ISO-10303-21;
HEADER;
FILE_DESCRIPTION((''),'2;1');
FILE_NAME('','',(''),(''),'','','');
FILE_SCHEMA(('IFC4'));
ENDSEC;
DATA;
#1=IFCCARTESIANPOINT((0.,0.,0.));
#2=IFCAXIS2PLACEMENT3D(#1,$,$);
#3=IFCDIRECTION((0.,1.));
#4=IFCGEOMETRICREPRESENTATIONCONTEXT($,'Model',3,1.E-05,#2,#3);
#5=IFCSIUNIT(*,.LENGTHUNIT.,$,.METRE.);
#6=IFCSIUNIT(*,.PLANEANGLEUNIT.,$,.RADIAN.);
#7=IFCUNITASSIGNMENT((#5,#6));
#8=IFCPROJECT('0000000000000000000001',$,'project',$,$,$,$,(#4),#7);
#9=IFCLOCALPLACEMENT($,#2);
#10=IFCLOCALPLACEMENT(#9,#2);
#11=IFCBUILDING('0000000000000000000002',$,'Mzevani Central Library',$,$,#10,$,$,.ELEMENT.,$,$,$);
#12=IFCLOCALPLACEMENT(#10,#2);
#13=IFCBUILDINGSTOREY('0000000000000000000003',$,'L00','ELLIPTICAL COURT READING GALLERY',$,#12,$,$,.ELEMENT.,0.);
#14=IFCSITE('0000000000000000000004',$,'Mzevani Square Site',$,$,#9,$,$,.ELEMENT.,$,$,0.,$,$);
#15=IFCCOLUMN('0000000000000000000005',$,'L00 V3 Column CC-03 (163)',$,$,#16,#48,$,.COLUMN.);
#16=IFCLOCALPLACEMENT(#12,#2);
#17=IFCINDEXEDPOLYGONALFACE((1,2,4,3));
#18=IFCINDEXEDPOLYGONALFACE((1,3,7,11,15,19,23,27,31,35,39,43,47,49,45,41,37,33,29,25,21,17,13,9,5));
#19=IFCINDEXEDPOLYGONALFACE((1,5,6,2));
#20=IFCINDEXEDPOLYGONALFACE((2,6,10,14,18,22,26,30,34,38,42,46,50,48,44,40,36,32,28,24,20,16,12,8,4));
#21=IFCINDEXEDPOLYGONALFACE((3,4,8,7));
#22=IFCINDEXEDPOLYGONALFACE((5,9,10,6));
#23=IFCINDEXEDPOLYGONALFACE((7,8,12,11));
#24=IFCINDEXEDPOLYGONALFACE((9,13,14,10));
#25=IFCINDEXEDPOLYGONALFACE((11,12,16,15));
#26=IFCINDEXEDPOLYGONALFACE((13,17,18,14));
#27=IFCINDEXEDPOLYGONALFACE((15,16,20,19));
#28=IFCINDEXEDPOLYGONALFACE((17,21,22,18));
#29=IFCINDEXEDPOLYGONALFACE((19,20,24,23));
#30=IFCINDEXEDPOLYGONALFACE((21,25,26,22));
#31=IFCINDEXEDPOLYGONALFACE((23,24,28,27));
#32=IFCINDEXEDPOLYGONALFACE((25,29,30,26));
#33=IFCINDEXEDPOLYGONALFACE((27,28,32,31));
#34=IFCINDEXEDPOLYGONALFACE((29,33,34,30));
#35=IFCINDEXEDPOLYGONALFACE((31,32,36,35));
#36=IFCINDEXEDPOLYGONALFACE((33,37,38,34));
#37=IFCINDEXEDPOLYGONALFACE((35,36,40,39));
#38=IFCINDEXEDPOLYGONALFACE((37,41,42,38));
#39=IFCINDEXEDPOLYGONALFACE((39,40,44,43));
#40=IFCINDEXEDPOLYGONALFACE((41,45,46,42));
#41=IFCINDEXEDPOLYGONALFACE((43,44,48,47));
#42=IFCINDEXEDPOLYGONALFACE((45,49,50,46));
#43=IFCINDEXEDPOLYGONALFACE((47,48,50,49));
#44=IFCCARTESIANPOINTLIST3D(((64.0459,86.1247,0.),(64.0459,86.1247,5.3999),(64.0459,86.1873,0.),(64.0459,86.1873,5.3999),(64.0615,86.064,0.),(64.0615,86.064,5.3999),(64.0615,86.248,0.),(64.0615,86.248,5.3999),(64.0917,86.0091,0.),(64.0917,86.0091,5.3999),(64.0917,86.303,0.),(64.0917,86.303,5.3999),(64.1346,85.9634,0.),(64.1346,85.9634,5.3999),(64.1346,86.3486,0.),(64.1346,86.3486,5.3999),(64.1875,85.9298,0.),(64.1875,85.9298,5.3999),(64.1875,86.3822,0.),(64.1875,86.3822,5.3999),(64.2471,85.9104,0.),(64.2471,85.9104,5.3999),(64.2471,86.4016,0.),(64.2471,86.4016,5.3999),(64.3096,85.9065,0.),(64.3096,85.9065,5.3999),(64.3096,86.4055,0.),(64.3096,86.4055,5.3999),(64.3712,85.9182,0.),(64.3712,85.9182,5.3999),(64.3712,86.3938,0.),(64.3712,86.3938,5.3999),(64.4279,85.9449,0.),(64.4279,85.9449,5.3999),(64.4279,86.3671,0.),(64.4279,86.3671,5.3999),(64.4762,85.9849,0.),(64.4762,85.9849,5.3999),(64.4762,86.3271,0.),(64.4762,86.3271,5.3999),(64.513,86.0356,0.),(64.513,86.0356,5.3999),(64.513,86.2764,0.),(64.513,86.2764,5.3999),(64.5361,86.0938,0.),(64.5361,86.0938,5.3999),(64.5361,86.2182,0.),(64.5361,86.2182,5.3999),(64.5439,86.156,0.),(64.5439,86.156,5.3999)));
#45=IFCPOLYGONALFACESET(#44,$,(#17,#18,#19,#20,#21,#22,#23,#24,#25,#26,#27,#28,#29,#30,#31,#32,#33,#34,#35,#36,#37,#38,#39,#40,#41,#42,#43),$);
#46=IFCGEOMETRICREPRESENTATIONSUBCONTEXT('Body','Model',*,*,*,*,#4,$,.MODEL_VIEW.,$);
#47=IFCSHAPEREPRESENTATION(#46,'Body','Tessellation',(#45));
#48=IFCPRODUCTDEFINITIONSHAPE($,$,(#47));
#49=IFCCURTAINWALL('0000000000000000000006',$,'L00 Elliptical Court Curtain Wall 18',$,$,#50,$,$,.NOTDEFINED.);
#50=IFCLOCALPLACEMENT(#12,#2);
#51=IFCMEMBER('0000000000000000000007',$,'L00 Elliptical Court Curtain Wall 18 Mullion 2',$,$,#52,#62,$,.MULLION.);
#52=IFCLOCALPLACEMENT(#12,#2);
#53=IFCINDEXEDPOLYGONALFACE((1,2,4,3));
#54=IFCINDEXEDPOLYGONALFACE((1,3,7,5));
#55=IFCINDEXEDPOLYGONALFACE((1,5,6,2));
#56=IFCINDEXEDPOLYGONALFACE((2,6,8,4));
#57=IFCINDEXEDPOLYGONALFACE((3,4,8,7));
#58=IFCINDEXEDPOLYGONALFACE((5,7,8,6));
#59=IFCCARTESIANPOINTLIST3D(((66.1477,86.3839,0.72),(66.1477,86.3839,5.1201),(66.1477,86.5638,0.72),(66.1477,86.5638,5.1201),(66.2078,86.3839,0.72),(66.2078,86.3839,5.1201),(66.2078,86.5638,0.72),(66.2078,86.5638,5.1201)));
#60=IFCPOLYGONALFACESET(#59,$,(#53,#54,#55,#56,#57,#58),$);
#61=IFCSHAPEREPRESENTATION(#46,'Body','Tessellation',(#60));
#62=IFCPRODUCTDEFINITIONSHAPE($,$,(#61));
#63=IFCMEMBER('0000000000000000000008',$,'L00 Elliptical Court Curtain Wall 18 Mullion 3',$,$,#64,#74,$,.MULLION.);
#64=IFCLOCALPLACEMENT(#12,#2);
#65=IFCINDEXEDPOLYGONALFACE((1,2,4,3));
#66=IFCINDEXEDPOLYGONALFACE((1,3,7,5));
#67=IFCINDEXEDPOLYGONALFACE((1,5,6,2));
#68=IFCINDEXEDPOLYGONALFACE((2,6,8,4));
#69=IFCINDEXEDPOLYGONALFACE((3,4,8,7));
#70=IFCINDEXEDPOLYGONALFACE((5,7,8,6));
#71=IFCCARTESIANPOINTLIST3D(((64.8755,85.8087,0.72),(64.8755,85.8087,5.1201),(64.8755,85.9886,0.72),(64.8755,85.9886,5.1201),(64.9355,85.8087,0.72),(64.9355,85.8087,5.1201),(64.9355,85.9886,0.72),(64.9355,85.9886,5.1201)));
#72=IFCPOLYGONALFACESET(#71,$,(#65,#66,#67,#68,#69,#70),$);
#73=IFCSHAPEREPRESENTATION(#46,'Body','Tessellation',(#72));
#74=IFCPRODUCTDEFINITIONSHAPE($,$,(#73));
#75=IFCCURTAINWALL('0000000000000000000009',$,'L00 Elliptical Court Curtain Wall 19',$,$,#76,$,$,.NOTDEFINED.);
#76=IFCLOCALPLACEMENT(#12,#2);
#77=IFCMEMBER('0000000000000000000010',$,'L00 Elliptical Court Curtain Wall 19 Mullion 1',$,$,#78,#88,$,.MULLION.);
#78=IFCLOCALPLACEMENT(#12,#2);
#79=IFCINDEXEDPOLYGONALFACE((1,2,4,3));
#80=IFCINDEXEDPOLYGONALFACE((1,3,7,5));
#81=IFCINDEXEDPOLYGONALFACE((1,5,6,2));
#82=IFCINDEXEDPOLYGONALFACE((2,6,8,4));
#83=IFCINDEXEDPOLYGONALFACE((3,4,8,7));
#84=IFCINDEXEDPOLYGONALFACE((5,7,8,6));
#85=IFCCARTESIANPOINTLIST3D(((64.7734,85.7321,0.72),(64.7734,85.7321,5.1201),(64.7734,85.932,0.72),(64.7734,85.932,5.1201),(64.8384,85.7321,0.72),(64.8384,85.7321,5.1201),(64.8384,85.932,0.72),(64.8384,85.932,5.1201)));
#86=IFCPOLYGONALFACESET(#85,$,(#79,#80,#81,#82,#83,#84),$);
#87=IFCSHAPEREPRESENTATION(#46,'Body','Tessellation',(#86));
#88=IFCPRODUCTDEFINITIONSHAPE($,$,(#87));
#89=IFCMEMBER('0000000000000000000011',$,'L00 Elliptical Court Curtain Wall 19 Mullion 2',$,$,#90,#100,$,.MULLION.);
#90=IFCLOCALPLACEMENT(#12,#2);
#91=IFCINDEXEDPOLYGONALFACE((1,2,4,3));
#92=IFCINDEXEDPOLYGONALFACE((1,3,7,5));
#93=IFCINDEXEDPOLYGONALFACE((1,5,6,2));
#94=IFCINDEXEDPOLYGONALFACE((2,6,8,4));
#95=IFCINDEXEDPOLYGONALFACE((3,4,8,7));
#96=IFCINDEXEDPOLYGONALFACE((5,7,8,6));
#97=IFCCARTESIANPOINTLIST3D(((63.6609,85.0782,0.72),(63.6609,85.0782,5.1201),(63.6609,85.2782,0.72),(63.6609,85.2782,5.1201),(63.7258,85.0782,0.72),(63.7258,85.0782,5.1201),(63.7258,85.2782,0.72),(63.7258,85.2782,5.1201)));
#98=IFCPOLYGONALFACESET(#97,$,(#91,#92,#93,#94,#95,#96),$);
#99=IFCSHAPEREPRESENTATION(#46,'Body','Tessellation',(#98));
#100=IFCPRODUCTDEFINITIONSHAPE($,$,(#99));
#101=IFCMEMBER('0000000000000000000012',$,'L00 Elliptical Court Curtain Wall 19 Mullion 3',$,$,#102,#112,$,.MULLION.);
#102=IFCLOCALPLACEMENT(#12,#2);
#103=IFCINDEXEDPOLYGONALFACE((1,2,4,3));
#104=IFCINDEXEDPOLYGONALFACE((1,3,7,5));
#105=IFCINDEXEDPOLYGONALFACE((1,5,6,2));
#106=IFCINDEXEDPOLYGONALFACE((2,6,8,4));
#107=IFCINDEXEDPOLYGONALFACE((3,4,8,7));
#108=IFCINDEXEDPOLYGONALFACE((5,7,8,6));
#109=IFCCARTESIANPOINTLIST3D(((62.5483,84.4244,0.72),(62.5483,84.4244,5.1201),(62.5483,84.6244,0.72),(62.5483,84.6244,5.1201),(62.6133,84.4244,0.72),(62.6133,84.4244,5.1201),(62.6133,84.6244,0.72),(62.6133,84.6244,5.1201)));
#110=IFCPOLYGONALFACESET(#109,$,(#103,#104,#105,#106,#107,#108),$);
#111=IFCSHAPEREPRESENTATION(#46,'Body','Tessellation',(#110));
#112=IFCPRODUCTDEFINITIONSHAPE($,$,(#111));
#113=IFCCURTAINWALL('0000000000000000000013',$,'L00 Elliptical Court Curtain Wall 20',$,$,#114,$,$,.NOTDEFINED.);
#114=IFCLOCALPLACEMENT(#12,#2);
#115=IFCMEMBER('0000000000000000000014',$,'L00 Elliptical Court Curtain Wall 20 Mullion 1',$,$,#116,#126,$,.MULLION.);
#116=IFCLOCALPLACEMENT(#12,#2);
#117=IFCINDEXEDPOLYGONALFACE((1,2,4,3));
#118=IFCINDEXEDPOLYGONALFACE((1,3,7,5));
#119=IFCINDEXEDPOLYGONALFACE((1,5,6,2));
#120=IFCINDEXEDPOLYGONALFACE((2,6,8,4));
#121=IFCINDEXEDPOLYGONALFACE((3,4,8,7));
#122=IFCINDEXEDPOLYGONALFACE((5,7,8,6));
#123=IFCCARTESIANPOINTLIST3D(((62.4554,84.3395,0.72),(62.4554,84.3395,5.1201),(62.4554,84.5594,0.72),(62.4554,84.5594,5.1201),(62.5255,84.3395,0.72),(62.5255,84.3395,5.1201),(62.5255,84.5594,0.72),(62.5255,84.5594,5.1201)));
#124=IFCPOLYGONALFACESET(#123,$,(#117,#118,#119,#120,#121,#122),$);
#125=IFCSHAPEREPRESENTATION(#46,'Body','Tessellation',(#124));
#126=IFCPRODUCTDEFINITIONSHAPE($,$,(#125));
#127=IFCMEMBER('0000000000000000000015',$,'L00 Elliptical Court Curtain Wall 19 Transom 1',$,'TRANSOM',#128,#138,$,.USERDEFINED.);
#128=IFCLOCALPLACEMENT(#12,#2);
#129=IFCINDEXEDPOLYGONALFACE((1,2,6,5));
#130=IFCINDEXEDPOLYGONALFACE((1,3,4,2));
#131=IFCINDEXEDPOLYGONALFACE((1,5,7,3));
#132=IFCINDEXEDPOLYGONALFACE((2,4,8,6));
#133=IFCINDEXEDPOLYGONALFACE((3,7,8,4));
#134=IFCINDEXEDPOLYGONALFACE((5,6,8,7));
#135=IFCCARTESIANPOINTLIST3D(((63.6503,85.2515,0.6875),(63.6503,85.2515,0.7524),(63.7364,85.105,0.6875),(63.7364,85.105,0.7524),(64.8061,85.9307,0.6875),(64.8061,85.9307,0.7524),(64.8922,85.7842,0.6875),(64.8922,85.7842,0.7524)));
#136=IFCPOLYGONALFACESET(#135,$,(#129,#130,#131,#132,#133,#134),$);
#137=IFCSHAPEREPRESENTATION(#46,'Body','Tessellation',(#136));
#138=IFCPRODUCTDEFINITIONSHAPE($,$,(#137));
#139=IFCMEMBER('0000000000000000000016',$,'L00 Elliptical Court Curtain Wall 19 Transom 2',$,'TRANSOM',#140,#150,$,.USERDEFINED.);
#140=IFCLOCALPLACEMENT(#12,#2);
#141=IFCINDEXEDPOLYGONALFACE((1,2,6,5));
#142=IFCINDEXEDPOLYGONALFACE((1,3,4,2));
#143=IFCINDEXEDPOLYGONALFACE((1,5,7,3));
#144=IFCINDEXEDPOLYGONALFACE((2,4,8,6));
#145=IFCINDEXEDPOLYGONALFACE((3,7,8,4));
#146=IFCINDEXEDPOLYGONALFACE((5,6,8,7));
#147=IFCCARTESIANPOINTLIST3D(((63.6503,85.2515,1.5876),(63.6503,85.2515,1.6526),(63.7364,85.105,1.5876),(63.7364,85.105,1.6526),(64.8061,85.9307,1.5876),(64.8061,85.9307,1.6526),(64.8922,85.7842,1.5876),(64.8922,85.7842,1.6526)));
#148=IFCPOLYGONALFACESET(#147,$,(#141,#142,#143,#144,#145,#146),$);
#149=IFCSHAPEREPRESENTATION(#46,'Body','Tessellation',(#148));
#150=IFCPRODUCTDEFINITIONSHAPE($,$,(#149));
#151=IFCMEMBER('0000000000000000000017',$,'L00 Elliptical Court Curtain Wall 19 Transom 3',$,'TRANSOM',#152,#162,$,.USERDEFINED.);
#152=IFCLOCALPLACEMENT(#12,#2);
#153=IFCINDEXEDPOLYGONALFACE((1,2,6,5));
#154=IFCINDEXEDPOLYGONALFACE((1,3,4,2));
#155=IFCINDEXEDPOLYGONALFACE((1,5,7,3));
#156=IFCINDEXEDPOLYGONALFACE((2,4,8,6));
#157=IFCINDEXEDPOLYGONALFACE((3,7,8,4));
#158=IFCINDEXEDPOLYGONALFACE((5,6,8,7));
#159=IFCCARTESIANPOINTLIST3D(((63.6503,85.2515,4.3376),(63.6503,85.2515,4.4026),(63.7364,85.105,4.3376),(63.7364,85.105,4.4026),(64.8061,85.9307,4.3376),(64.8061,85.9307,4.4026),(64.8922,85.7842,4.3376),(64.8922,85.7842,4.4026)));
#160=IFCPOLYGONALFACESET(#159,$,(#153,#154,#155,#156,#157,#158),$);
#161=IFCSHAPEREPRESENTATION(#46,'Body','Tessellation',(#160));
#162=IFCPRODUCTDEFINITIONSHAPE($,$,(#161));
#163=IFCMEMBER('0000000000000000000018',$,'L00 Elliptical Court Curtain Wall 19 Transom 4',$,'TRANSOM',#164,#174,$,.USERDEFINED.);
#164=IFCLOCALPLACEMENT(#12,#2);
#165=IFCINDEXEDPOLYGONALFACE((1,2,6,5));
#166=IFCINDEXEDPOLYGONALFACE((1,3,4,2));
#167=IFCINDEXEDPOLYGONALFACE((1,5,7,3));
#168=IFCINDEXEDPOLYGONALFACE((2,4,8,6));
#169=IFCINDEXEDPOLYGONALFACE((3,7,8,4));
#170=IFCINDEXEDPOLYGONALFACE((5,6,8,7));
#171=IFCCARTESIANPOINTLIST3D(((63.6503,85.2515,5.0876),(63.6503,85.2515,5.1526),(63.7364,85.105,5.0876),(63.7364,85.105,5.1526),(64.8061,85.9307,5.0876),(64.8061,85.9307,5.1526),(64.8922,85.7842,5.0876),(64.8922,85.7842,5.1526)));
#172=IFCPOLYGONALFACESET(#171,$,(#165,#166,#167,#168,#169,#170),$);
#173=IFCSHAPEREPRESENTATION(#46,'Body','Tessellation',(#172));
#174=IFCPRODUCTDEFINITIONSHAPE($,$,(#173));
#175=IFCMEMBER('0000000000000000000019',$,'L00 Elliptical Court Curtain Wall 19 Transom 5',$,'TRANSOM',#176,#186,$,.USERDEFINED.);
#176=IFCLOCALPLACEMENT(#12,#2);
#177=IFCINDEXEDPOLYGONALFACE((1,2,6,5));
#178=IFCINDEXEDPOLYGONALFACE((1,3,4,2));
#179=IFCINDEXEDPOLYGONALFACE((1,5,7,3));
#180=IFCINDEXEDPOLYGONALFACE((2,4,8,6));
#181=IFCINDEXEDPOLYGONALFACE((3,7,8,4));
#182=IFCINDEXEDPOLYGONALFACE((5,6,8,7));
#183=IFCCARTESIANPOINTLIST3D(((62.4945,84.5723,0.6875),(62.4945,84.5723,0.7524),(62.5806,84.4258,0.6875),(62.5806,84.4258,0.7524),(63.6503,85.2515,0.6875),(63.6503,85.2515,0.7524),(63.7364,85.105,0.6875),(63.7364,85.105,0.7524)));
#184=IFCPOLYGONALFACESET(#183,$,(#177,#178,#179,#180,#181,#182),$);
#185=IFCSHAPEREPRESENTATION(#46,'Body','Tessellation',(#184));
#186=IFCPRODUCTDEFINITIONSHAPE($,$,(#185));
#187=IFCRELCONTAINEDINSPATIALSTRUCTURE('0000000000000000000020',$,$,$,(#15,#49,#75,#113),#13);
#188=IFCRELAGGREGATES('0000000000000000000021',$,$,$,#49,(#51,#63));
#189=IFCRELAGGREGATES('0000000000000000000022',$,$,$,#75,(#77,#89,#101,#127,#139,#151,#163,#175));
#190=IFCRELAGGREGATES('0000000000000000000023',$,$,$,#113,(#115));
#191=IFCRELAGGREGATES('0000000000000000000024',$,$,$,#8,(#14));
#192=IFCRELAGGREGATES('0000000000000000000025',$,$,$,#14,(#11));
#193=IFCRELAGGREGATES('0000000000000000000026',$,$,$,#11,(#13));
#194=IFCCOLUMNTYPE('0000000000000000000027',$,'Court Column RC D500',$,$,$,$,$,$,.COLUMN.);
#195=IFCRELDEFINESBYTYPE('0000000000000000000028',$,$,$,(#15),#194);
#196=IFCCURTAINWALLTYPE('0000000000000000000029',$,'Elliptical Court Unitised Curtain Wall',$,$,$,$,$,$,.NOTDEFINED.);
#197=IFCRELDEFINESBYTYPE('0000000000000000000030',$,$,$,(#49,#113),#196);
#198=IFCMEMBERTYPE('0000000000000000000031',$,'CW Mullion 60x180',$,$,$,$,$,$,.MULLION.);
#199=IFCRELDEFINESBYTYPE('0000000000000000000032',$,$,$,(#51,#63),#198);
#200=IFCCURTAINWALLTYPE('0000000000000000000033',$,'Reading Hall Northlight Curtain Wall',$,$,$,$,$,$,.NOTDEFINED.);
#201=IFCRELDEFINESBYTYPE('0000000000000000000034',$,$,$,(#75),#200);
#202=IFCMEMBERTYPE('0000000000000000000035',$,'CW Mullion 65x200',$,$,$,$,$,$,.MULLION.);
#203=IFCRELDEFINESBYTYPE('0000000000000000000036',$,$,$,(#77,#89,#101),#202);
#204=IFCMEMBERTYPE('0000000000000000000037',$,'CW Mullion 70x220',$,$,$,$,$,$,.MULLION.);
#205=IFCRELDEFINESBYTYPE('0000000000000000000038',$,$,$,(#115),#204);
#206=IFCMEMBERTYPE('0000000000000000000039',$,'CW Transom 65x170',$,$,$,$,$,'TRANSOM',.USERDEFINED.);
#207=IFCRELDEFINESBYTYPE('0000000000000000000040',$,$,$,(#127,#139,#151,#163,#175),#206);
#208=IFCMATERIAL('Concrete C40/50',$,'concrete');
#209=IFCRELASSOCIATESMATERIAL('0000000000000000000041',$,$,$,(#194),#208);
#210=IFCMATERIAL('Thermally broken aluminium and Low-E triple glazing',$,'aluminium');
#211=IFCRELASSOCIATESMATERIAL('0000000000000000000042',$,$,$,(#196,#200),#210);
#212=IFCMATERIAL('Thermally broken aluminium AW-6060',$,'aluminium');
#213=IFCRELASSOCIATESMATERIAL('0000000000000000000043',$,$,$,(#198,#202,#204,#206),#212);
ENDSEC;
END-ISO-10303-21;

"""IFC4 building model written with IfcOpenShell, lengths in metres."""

from ifc_helpers import new_model, si_unit, direction, frame, origin, origin_2d, place, context, subcontext, project, spatial, rectangle, circle, extrude, material, material_profile, profile_set, type_object, element, aggregate, save


model = new_model("IFC4")

# Units and contexts
model_context = context("Model", 3, precision=1e-05, world=origin(), true_north=direction((0.0, 1.0)))
body_context = subcontext(model_context, "Body", "Model", "MODEL_VIEW")
ifc_project = project(units=[si_unit("LENGTHUNIT", "METRE"), si_unit("PLANEANGLEUNIT", "RADIAN")], contexts=[model_context])

# Site, building, storey
site_placement = place(None, origin())
site = spatial("IfcSite", under=ifc_project, at=site_placement, Name="Mzevani Square Site", CompositionType="ELEMENT", RefElevation=0.0)
building_placement = place(site_placement, origin())
building = spatial("IfcBuilding", under=site, at=building_placement, Name="Mzevani Central Library", CompositionType="ELEMENT")
storey_placement = place(building_placement, origin())
storey = spatial("IfcBuildingStorey", under=building, at=storey_placement, Name="L00", Description="ELLIPTICAL COURT READING GALLERY", CompositionType="ELEMENT", Elevation=0.0)

# Column
ifc_material_1 = material(Name="Concrete C40/50", Category="concrete")
ifc_material_profile_1 = material_profile(ifc_material_1, circle(Radius=0.25, at=origin_2d()), Name="RC D500")
ifc_profile_set_1 = profile_set([ifc_material_profile_1], Name="Concrete C40/50")
column_type = type_object("IfcColumnType", Name="Court Column RC D500", PredefinedType="COLUMN", material=ifc_profile_set_1)
column_placement = place(storey_placement, frame((64.2939, 86.156, 0.0), z_axis=(0.0, 0.0, 1.0), x_axis=(1.0, 0.0, 0.0)))
element("IfcColumn", 1, at=column_placement, inside=storey, type_object=column_type, Name="L00 V3 Column CC-03 (163)", PredefinedType="COLUMN", context=body_context, shape_type="SweptSolid", body=[
    extrude(circle(Radius=0.25, at=origin_2d()), origin(), (0.0, 0.0, 1.0), 5.3999),
])

# Curtain walls, members
ifc_material_2 = material(Name="Thermally broken aluminium and Low-E triple glazing", Category="aluminium")
curtain_wall_type_1 = type_object("IfcCurtainWallType", Name="Elliptical Court Unitised Curtain Wall", PredefinedType="NOTDEFINED", material=ifc_material_2)
curtain_wall_1_placement = place(storey_placement, origin())
curtain_wall_1 = element("IfcCurtainWall", 2, at=curtain_wall_1_placement, inside=storey, type_object=curtain_wall_type_1, Name="L00 Elliptical Court Curtain Wall 18", PredefinedType="NOTDEFINED")
ifc_material_3 = material(Name="Thermally broken aluminium AW-6060", Category="aluminium")
ifc_material_profile_2 = material_profile(ifc_material_3, rectangle(XDim=0.0601, YDim=0.1799, at=origin_2d()), Name="ALU M60x180")
ifc_profile_set_2 = profile_set([ifc_material_profile_2], Name="Thermally broken aluminium AW-6060")
member_type_1 = type_object("IfcMemberType", Name="CW Mullion 60x180", PredefinedType="MULLION", material=ifc_profile_set_2)
member_1_placement = place(storey_placement, frame((66.1777, 86.4739, 0.72), z_axis=(0.0, 0.0, 1.0), x_axis=(1.0, 0.0, 0.0)))
member_1 = element("IfcMember", 3, at=member_1_placement, type_object=member_type_1, Name="L00 Elliptical Court Curtain Wall 18 Mullion 2", PredefinedType="MULLION", context=body_context, shape_type="SweptSolid", body=[
    extrude(rectangle(XDim=0.0601, YDim=0.1799, at=origin_2d()), origin(), (0.0, 0.0, 1.0), 4.4001),
])
member_2_placement = place(storey_placement, frame((64.9055, 85.8987, 0.72), z_axis=(0.0, 0.0, 1.0), x_axis=(1.0, 0.0, 0.0)))
member_2 = element("IfcMember", 4, at=member_2_placement, type_object=member_type_1, Name="L00 Elliptical Court Curtain Wall 18 Mullion 3", PredefinedType="MULLION", context=body_context, shape_type="SweptSolid", body=[
    extrude(rectangle(XDim=0.0601, YDim=0.1799, at=origin_2d()), origin(), (0.0, 0.0, 1.0), 4.4001),
])
curtain_wall_type_2 = type_object("IfcCurtainWallType", Name="Reading Hall Northlight Curtain Wall", PredefinedType="NOTDEFINED", material=ifc_material_2)
curtain_wall_2_placement = place(storey_placement, origin())
curtain_wall_2 = element("IfcCurtainWall", 5, at=curtain_wall_2_placement, inside=storey, type_object=curtain_wall_type_2, Name="L00 Elliptical Court Curtain Wall 19", PredefinedType="NOTDEFINED")
ifc_material_profile_3 = material_profile(ifc_material_3, rectangle(XDim=0.0649, YDim=0.2, at=origin_2d()), Name="ALU M65x200")
ifc_profile_set_3 = profile_set([ifc_material_profile_3], Name="Thermally broken aluminium AW-6060")
member_type_2 = type_object("IfcMemberType", Name="CW Mullion 65x200", PredefinedType="MULLION", material=ifc_profile_set_3)
member_3_placement = place(storey_placement, frame((64.8059, 85.832, 0.72), z_axis=(0.0, 0.0, 1.0), x_axis=(1.0, 0.0, 0.0)))
member_3 = element("IfcMember", 6, at=member_3_placement, type_object=member_type_2, Name="L00 Elliptical Court Curtain Wall 19 Mullion 1", PredefinedType="MULLION", context=body_context, shape_type="SweptSolid", body=[
    extrude(rectangle(XDim=0.0649, YDim=0.2, at=origin_2d()), origin(), (0.0, 0.0, 1.0), 4.4001),
])
member_4_placement = place(storey_placement, frame((63.6934, 85.1782, 0.72), z_axis=(0.0, 0.0, 1.0), x_axis=(1.0, 0.0, 0.0)))
member_4 = element("IfcMember", 7, at=member_4_placement, type_object=member_type_2, Name="L00 Elliptical Court Curtain Wall 19 Mullion 2", PredefinedType="MULLION", context=body_context, shape_type="SweptSolid", body=[
    extrude(rectangle(XDim=0.0649, YDim=0.2, at=origin_2d()), origin(), (0.0, 0.0, 1.0), 4.4001),
])
member_5_placement = place(storey_placement, frame((62.5808, 84.5244, 0.72), z_axis=(0.0, 0.0, 1.0), x_axis=(1.0, 0.0, 0.0)))
member_5 = element("IfcMember", 8, at=member_5_placement, type_object=member_type_2, Name="L00 Elliptical Court Curtain Wall 19 Mullion 3", PredefinedType="MULLION", context=body_context, shape_type="SweptSolid", body=[
    extrude(rectangle(XDim=0.0649, YDim=0.2, at=origin_2d()), origin(), (0.0, 0.0, 1.0), 4.4001),
])

# Curtain wall, member
curtain_wall_3_placement = place(storey_placement, origin())
curtain_wall_3 = element("IfcCurtainWall", 9, at=curtain_wall_3_placement, inside=storey, type_object=curtain_wall_type_1, Name="L00 Elliptical Court Curtain Wall 20", PredefinedType="NOTDEFINED")
ifc_material_profile_4 = material_profile(ifc_material_3, rectangle(XDim=0.0701, YDim=0.22, at=origin_2d()), Name="ALU M70x220")
ifc_profile_set_4 = profile_set([ifc_material_profile_4], Name="Thermally broken aluminium AW-6060")
member_type_3 = type_object("IfcMemberType", Name="CW Mullion 70x220", PredefinedType="MULLION", material=ifc_profile_set_4)
member_6_placement = place(storey_placement, frame((62.4905, 84.4495, 0.72), z_axis=(0.0, 0.0, 1.0), x_axis=(1.0, 0.0, 0.0)))
member_6 = element("IfcMember", 10, at=member_6_placement, type_object=member_type_3, Name="L00 Elliptical Court Curtain Wall 20 Mullion 1", PredefinedType="MULLION", context=body_context, shape_type="SweptSolid", body=[
    extrude(rectangle(XDim=0.0701, YDim=0.22, at=origin_2d()), origin(), (0.0, 0.0, 1.0), 4.4001),
])

# Members
ifc_material_profile_5 = material_profile(ifc_material_3, rectangle(XDim=0.1699, YDim=0.0649, at=origin_2d()), Name="ALU T65x170")
ifc_profile_set_5 = profile_set([ifc_material_profile_5], Name="Thermally broken aluminium AW-6060")
member_type_4 = type_object("IfcMemberType", Name="CW Transom 65x170", ElementType="TRANSOM", PredefinedType="USERDEFINED", material=ifc_profile_set_5)
member_7_placement = place(storey_placement, frame((64.8491, 85.8574, 0.72), z_axis=(-0.862149, -0.506654, 0.0), x_axis=(0.506654, -0.862149, 0.0)))
member_7 = element("IfcMember", 11, at=member_7_placement, type_object=member_type_4, Name="L00 Elliptical Court Curtain Wall 19 Transom 1", ObjectType="TRANSOM", PredefinedType="USERDEFINED", context=body_context, shape_type="SweptSolid", body=[
    extrude(rectangle(XDim=0.1699, YDim=0.0649, at=origin_2d()), origin(), (0.0, 0.0, 1.0), 1.3406),
])
member_8_placement = place(storey_placement, frame((64.8491, 85.8574, 1.6201), z_axis=(-0.862149, -0.506654, 0.0), x_axis=(0.506654, -0.862149, 0.0)))
member_8 = element("IfcMember", 12, at=member_8_placement, type_object=member_type_4, Name="L00 Elliptical Court Curtain Wall 19 Transom 2", ObjectType="TRANSOM", PredefinedType="USERDEFINED", context=body_context, shape_type="SweptSolid", body=[
    extrude(rectangle(XDim=0.1699, YDim=0.0649, at=origin_2d()), origin(), (0.0, 0.0, 1.0), 1.3406),
])
member_9_placement = place(storey_placement, frame((64.8491, 85.8574, 4.3701), z_axis=(-0.862149, -0.506654, 0.0), x_axis=(0.506654, -0.862149, 0.0)))
member_9 = element("IfcMember", 13, at=member_9_placement, type_object=member_type_4, Name="L00 Elliptical Court Curtain Wall 19 Transom 3", ObjectType="TRANSOM", PredefinedType="USERDEFINED", context=body_context, shape_type="SweptSolid", body=[
    extrude(rectangle(XDim=0.1699, YDim=0.0649, at=origin_2d()), origin(), (0.0, 0.0, 1.0), 1.3406),
])
member_10_placement = place(storey_placement, frame((64.8491, 85.8574, 5.1201), z_axis=(-0.862149, -0.506654, 0.0), x_axis=(0.506654, -0.862149, 0.0)))
member_10 = element("IfcMember", 14, at=member_10_placement, type_object=member_type_4, Name="L00 Elliptical Court Curtain Wall 19 Transom 4", ObjectType="TRANSOM", PredefinedType="USERDEFINED", context=body_context, shape_type="SweptSolid", body=[
    extrude(rectangle(XDim=0.1699, YDim=0.0649, at=origin_2d()), origin(), (0.0, 0.0, 1.0), 1.3406),
])
member_11_placement = place(storey_placement, frame((63.6934, 85.1782, 0.72), z_axis=(-0.862149, -0.506654, 0.0), x_axis=(0.506654, -0.862149, 0.0)))
member_11 = element("IfcMember", 15, at=member_11_placement, type_object=member_type_4, Name="L00 Elliptical Court Curtain Wall 19 Transom 5", ObjectType="TRANSOM", PredefinedType="USERDEFINED", context=body_context, shape_type="SweptSolid", body=[
    extrude(rectangle(XDim=0.1699, YDim=0.0649, at=origin_2d()), origin(), (0.0, 0.0, 1.0), 1.3406),
])

aggregate(curtain_wall_1, [member_1, member_2])
aggregate(curtain_wall_2, [member_3, member_4, member_5, member_7, member_8, member_9, member_10, member_11])
aggregate(curtain_wall_3, [member_6])

save(model, "model.ifc")
